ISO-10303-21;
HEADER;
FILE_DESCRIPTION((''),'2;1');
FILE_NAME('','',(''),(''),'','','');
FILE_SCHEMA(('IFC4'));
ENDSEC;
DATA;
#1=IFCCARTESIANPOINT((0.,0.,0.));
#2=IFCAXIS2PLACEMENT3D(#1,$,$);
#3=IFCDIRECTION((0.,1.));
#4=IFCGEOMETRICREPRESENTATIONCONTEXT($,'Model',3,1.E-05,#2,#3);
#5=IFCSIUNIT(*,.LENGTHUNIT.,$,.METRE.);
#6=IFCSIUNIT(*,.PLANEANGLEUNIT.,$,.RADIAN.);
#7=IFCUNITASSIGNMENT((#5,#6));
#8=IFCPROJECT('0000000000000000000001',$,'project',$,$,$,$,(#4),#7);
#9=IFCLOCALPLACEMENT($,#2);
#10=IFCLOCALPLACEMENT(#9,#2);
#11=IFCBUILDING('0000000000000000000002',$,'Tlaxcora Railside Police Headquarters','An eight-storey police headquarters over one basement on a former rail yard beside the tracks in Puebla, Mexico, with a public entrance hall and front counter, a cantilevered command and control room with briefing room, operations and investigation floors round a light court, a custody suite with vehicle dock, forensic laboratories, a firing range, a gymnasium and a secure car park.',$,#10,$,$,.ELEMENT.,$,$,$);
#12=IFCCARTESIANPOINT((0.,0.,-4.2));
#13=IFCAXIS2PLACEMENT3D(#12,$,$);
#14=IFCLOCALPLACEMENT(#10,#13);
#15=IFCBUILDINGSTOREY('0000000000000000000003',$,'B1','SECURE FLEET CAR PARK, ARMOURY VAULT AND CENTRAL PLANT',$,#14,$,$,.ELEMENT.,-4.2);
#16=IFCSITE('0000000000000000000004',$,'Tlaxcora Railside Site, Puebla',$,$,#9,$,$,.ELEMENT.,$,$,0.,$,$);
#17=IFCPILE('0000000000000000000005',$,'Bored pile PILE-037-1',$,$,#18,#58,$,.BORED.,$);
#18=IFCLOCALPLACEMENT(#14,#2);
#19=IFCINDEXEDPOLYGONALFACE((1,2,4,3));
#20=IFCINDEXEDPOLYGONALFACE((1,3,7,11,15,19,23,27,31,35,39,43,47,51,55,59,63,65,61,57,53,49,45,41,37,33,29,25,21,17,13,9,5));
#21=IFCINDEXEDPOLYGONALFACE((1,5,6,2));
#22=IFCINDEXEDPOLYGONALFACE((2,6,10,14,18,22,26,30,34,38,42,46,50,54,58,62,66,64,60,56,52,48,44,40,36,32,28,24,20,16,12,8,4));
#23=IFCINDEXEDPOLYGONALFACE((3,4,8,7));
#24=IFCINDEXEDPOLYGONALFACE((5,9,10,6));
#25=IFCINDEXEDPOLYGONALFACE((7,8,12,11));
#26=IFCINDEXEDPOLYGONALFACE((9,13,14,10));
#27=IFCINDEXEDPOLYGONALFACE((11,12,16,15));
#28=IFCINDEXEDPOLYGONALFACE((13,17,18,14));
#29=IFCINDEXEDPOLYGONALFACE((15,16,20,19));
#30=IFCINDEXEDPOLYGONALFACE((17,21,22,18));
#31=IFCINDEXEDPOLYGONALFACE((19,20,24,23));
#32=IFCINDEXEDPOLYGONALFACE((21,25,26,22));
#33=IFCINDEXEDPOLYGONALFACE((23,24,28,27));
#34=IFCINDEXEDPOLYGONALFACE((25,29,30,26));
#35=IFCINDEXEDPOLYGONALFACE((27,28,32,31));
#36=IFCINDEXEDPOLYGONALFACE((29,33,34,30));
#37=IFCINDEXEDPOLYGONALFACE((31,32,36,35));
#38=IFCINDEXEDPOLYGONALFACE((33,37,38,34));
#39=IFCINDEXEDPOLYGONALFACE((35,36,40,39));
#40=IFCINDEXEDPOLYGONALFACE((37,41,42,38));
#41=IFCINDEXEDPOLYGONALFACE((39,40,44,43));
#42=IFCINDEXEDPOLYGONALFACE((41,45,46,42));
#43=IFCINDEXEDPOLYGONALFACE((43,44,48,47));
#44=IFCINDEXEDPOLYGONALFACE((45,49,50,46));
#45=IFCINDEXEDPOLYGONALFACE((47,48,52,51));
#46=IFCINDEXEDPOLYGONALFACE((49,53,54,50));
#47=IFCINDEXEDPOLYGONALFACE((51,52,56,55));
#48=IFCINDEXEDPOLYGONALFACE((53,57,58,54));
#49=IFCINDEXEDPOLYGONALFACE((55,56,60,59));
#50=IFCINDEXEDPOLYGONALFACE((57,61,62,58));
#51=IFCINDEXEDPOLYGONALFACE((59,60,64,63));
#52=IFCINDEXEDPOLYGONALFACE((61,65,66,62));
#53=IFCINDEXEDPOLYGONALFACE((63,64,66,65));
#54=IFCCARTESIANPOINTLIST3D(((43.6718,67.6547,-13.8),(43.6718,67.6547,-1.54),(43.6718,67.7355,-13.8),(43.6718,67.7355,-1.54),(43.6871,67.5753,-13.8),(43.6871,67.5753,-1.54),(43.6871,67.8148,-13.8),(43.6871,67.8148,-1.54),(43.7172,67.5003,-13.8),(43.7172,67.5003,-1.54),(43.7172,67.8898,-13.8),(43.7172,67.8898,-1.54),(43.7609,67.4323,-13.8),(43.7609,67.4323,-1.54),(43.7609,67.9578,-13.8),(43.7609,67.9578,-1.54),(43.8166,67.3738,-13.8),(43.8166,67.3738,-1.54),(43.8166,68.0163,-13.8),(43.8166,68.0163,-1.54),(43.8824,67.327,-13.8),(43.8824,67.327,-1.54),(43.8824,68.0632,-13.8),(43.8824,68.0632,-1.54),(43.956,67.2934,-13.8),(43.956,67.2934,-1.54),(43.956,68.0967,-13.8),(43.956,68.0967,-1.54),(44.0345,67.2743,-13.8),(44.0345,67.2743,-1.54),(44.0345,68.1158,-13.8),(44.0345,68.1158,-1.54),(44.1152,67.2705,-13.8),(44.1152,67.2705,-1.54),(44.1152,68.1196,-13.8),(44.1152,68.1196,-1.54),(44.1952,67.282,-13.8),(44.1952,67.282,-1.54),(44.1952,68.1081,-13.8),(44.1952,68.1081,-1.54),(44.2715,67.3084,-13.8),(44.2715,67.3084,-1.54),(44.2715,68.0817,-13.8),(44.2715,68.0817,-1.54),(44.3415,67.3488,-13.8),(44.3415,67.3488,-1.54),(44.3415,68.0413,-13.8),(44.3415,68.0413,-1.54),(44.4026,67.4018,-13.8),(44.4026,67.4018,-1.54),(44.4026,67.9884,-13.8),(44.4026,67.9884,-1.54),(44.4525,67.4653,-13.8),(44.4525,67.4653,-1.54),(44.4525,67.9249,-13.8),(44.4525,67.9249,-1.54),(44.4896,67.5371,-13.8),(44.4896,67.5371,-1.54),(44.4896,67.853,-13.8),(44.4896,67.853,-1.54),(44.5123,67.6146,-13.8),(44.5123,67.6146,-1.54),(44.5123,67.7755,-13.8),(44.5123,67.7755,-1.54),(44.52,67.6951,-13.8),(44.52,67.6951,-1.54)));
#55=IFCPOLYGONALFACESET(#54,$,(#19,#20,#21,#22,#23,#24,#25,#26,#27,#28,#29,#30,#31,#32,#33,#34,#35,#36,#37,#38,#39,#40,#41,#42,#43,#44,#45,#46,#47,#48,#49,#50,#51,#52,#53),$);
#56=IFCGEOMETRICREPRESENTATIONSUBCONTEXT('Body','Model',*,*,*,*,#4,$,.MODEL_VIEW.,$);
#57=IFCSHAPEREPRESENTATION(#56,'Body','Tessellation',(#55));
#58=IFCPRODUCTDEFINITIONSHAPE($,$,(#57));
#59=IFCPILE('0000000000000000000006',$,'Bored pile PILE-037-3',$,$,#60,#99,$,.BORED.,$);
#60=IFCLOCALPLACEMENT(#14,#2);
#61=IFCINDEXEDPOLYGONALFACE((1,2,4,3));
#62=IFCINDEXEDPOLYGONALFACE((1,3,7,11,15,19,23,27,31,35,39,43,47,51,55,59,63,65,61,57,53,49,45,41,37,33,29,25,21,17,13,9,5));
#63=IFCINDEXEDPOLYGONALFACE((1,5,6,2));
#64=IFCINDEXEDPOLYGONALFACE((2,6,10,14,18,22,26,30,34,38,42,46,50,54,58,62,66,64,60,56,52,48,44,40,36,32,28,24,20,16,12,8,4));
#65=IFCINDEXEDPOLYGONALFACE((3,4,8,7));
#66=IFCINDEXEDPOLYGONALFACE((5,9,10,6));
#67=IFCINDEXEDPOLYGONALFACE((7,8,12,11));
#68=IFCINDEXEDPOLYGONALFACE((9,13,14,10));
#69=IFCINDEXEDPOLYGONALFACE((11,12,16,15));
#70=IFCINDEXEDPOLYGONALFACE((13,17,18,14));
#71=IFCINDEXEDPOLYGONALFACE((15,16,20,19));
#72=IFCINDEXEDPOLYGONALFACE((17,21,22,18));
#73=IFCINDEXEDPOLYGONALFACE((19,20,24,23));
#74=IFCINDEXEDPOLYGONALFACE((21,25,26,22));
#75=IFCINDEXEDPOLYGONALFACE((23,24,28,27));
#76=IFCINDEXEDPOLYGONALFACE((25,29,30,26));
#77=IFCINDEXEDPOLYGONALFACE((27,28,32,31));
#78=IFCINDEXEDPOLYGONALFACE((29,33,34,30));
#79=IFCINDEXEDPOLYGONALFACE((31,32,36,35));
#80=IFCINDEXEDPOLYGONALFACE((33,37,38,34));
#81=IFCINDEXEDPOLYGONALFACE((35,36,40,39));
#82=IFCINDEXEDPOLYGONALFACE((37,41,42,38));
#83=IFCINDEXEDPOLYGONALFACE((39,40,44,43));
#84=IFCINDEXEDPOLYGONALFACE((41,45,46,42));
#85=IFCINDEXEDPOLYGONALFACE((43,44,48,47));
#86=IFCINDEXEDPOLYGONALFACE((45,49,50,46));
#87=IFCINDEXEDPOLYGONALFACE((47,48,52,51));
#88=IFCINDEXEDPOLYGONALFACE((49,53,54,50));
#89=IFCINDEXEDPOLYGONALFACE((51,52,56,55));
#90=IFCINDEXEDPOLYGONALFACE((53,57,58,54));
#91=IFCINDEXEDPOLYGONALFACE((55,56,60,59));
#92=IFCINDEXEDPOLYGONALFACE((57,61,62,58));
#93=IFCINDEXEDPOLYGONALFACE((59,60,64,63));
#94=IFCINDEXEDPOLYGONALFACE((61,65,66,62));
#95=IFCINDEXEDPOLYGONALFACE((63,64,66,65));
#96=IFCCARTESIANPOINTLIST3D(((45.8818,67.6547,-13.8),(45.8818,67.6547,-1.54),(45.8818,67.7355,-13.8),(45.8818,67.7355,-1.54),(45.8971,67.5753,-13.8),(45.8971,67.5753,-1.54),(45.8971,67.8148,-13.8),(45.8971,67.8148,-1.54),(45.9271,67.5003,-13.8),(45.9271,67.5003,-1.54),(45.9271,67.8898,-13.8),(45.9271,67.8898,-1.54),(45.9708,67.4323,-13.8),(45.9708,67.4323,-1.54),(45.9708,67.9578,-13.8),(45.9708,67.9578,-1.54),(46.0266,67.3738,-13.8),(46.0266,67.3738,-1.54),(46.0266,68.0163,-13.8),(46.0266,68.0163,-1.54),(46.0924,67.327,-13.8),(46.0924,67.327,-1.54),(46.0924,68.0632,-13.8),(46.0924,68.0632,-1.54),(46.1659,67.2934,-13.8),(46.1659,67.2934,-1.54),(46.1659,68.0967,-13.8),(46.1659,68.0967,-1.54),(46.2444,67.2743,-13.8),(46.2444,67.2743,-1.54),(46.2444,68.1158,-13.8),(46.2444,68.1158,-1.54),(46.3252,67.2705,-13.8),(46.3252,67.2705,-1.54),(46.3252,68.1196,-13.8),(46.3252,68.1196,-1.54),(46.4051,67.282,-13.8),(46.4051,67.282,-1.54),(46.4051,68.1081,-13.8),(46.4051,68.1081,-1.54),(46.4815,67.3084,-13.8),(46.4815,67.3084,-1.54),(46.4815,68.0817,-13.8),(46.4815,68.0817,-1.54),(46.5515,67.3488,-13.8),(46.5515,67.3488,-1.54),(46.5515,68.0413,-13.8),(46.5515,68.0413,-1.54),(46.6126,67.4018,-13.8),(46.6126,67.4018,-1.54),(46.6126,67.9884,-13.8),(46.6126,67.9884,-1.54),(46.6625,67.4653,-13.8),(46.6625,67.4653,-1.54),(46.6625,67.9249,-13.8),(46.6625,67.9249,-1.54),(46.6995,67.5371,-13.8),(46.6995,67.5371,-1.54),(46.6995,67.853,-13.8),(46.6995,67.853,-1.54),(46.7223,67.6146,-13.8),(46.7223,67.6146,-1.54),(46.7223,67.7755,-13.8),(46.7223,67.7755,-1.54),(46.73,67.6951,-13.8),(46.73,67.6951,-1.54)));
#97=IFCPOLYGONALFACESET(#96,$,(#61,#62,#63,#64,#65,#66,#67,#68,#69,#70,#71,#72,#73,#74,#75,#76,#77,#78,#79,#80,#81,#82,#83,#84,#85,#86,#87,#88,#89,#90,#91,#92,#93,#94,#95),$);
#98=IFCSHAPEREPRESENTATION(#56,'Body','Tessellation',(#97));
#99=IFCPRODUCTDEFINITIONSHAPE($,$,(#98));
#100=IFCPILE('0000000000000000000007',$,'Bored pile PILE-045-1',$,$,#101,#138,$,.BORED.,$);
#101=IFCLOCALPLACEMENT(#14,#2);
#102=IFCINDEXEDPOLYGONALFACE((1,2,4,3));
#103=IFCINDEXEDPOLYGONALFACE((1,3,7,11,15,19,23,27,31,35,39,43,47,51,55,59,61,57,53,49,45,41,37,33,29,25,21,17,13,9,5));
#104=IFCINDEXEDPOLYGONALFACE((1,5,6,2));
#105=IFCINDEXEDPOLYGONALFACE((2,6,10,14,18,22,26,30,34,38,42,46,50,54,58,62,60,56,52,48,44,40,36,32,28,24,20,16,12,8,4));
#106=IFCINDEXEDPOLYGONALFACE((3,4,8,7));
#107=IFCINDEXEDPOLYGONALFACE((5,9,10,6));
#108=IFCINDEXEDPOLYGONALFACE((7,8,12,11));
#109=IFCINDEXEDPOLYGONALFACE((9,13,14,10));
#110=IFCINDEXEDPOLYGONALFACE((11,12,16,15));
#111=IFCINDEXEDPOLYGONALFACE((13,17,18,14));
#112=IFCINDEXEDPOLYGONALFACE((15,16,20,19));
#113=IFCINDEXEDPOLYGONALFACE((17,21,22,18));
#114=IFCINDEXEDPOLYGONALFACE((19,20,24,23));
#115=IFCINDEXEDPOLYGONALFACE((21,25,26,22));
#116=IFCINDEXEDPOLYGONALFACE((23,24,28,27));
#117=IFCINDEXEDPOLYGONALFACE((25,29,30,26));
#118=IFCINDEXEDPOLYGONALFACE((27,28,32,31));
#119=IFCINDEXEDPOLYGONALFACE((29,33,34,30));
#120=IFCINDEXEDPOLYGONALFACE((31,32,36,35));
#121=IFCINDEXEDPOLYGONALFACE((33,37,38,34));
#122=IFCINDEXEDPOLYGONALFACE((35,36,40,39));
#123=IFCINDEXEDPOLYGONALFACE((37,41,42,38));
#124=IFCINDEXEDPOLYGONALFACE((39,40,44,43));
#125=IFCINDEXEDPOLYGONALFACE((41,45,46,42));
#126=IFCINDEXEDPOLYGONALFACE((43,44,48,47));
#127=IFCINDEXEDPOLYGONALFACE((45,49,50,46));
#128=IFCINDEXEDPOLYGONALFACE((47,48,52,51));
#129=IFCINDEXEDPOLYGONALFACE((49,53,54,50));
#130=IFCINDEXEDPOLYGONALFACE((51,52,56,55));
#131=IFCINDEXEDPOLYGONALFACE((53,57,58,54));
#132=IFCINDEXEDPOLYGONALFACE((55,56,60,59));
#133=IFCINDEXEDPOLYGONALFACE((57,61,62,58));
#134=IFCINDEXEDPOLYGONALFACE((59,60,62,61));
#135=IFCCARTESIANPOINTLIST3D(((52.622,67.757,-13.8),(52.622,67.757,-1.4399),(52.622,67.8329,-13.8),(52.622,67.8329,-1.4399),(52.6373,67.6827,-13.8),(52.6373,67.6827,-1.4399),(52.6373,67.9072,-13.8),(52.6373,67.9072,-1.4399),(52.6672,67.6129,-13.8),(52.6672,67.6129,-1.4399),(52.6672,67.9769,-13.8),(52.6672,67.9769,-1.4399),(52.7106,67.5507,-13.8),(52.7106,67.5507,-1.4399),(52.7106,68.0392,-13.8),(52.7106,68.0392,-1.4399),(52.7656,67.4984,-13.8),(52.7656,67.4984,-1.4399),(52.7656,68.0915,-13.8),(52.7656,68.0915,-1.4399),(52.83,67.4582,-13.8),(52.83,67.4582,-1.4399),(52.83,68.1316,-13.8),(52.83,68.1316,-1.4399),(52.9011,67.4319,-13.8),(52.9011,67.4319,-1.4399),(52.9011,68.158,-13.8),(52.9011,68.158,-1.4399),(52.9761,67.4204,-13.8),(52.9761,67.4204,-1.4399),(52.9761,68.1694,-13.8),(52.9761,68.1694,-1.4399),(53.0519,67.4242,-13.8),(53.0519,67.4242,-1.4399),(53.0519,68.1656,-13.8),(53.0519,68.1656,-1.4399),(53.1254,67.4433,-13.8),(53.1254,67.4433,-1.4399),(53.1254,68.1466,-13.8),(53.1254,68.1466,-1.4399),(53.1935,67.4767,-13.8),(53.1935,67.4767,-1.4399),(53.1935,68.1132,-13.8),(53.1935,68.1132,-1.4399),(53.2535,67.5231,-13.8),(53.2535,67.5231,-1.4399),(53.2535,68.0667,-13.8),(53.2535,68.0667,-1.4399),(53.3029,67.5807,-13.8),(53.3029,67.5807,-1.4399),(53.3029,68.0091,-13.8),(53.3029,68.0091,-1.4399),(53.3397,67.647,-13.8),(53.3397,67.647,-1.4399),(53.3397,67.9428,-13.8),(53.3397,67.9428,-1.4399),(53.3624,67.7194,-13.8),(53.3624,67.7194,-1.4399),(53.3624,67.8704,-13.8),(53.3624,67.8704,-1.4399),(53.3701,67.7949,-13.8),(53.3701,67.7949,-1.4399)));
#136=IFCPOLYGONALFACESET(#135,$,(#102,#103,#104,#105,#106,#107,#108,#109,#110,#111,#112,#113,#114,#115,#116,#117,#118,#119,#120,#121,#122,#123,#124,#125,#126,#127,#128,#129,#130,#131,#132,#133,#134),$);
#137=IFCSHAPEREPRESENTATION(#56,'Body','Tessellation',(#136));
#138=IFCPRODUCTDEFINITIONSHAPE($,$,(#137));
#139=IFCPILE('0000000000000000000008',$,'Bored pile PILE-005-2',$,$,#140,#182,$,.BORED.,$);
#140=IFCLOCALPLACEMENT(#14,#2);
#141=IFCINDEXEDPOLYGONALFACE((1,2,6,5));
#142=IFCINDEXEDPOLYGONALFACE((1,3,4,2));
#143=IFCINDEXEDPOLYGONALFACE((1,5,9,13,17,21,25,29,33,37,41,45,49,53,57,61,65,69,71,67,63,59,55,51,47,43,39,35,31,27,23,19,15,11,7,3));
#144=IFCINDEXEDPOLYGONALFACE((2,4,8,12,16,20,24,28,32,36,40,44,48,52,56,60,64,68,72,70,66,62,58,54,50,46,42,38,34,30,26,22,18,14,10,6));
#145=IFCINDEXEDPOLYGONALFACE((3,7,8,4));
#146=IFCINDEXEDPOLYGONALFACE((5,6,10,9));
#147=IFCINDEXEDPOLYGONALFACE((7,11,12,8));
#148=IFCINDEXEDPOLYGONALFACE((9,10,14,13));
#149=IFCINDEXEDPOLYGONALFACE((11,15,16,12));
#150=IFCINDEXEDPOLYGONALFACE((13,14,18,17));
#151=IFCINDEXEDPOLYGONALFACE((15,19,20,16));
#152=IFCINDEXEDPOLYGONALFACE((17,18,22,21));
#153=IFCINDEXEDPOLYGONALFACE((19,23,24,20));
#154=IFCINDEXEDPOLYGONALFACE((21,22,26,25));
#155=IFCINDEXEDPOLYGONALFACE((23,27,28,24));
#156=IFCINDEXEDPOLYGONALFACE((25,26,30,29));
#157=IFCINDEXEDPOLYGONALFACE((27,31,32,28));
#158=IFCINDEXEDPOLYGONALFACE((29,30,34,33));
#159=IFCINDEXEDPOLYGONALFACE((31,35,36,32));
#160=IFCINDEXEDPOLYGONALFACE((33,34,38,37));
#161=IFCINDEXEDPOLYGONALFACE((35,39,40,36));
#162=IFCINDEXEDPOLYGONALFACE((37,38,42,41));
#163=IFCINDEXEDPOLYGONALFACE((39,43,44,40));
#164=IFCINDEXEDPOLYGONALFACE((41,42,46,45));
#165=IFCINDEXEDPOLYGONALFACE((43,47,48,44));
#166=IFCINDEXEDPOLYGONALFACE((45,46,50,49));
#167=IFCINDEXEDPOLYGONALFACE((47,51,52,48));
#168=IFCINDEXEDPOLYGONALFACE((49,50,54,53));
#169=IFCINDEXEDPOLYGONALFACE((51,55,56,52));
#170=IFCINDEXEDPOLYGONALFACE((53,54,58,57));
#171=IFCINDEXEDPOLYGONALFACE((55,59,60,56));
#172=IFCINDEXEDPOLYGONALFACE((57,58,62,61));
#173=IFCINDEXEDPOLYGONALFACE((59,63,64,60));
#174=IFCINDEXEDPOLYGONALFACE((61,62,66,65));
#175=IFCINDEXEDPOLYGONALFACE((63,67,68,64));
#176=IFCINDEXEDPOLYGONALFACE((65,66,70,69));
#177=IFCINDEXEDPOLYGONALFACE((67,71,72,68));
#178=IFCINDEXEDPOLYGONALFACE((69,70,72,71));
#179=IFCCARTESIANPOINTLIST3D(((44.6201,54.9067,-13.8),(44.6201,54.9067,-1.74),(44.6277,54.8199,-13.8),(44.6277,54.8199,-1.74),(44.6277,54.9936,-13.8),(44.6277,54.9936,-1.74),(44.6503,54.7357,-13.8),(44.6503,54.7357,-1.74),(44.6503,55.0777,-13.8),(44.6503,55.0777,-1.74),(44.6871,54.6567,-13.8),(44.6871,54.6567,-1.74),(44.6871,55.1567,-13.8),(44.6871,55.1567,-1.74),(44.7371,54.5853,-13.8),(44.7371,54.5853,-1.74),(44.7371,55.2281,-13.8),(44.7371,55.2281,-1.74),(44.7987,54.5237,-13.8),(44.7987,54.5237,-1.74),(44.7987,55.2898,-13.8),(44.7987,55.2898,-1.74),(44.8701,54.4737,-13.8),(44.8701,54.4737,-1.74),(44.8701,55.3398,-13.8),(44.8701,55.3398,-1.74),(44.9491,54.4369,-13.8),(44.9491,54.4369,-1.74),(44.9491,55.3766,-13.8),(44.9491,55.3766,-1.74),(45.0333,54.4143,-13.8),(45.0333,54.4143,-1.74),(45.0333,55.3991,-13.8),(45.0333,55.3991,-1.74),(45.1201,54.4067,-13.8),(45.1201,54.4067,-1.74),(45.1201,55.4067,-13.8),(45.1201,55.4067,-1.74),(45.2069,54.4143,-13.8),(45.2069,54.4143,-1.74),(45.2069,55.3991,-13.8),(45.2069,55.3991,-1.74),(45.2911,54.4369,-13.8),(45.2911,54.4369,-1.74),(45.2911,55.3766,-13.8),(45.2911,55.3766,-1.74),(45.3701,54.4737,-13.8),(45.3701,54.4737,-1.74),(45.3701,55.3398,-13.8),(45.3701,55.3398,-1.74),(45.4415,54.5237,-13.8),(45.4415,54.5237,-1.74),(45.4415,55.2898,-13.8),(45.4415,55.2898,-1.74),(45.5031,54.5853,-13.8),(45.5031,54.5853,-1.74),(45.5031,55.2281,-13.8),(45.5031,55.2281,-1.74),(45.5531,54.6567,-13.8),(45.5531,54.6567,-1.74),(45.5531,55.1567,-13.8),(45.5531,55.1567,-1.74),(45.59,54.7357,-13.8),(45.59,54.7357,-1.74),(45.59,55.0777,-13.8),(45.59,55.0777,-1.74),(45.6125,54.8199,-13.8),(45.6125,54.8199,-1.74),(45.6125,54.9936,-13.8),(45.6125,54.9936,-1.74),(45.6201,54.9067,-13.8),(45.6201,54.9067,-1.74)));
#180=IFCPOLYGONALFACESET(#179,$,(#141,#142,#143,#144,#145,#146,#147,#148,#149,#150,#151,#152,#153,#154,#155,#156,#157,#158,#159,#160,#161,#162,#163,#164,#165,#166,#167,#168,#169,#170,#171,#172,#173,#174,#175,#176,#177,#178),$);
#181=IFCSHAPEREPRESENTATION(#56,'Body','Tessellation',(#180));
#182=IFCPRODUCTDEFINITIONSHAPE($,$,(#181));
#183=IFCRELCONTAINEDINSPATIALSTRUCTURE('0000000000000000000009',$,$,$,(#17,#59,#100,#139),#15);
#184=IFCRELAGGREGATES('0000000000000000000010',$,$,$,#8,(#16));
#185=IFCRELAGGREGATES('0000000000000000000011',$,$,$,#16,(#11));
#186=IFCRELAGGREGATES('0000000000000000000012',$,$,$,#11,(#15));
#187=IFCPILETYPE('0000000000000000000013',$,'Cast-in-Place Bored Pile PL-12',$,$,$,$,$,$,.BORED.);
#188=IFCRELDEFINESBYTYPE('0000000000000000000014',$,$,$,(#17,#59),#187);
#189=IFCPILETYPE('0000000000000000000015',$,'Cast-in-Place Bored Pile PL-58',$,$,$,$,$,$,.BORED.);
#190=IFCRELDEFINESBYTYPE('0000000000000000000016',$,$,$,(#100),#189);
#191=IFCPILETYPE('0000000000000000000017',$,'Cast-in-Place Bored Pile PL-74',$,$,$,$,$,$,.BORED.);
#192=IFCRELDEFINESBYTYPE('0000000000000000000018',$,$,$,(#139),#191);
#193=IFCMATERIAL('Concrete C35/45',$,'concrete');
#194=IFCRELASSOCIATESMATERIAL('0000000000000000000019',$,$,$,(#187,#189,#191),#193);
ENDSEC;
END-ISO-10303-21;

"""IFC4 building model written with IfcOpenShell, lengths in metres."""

from ifc_helpers import new_model, si_unit, direction, frame, origin, origin_2d, place, context, subcontext, project, spatial, circle, extrude, material, material_profile, profile_set, type_object, element, save


model = new_model("IFC4")

# Units and contexts
model_context = context("Model", 3, precision=1e-05, world=origin(), true_north=direction((0.0, 1.0)))
body_context = subcontext(model_context, "Body", "Model", "MODEL_VIEW")
ifc_project = project(units=[si_unit("LENGTHUNIT", "METRE"), si_unit("PLANEANGLEUNIT", "RADIAN")], contexts=[model_context])

# Site, building, storey
site_placement = place(None, origin())
site = spatial("IfcSite", under=ifc_project, at=site_placement, Name="Tlaxcora Railside Site, Puebla", CompositionType="ELEMENT", RefElevation=0.0)
building_placement = place(site_placement, origin())
building = spatial("IfcBuilding", under=site, at=building_placement, Name="Tlaxcora Railside Police Headquarters", Description="An eight-storey police headquarters over one basement on a former rail yard beside the tracks in Puebla, Mexico, with a public entrance hall and front counter, a cantilevered command and control room with briefing room, operations and investigation floors round a light court, a custody suite with vehicle dock, forensic laboratories, a firing range, a gymnasium and a secure car park.", CompositionType="ELEMENT")
storey_placement = place(building_placement, frame((0.0, 0.0, -4.2)))
storey = spatial("IfcBuildingStorey", under=building, at=storey_placement, Name="B1", Description="SECURE FLEET CAR PARK, ARMOURY VAULT AND CENTRAL PLANT", CompositionType="ELEMENT", Elevation=-4.2)

# Piles
ifc_material_1 = material(Name="Concrete C35/45", Category="concrete")
ifc_material_profile_1 = material_profile(ifc_material_1, circle(Radius=0.425, at=origin_2d()), Name="PILE850")
ifc_profile_set_1 = profile_set([ifc_material_profile_1], Name="Concrete C35/45")
pile_type_1 = type_object("IfcPileType", Name="Cast-in-Place Bored Pile PL-12", PredefinedType="BORED", material=ifc_profile_set_1)
for number, where, z_axis, x_axis, name in (
    (1, (44.095, 67.6951, -1.54), (0.0, 0.0, -1.0), (1.0, 0.0, 0.0), "Bored pile PILE-037-1"),
    (2, (46.3049, 67.6951, -1.54), (0.0, 0.0, -1.0), (1.0, 0.0, 0.0), "Bored pile PILE-037-3"),
):
    element("IfcPile", number, at=place(storey_placement, frame(where, z_axis=z_axis, x_axis=x_axis)), inside=storey, type_object=pile_type_1, Name=name, PredefinedType="BORED", context=body_context, shape_type="SweptSolid", body=[
        extrude(circle(Radius=0.425, at=origin_2d()), origin(), (0.0, 0.0, 1.0), 12.26),
    ])
ifc_material_profile_2 = material_profile(ifc_material_1, circle(Radius=0.375, at=origin_2d()), Name="PILE750")
ifc_profile_set_2 = profile_set([ifc_material_profile_2], Name="Concrete C35/45")
pile_type_2 = type_object("IfcPileType", Name="Cast-in-Place Bored Pile PL-58", PredefinedType="BORED", material=ifc_profile_set_2)
pile_placement = place(storey_placement, frame((52.9951, 67.7949, -1.4399), z_axis=(0.0, 0.0, -1.0), x_axis=(1.0, 0.0, 0.0)))
element("IfcPile", 3, at=pile_placement, inside=storey, type_object=pile_type_2, Name="Bored pile PILE-045-1", PredefinedType="BORED", context=body_context, shape_type="SweptSolid", body=[
    extrude(circle(Radius=0.375, at=origin_2d()), origin(), (0.0, 0.0, 1.0), 12.3601),
])
ifc_material_profile_3 = material_profile(ifc_material_1, circle(Radius=0.5, at=origin_2d()), Name="PILE1000")
ifc_profile_set_3 = profile_set([ifc_material_profile_3], Name="Concrete C35/45")
pile_type_3 = type_object("IfcPileType", Name="Cast-in-Place Bored Pile PL-74", PredefinedType="BORED", material=ifc_profile_set_3)
for number, where, z_axis, x_axis, name in (
    (4, (45.1201, 54.9067, -1.74), (0.0, 0.0, -1.0), (1.0, 0.0, 0.0), "Bored pile PILE-005-2"),
):
    element("IfcPile", number, at=place(storey_placement, frame(where, z_axis=z_axis, x_axis=x_axis)), inside=storey, type_object=pile_type_3, Name=name, PredefinedType="BORED", context=body_context, shape_type="SweptSolid", body=[
        extrude(circle(Radius=0.5, at=origin_2d()), origin(), (0.0, 0.0, 1.0), 12.0601),
    ])

save(model, "model.ifc")
